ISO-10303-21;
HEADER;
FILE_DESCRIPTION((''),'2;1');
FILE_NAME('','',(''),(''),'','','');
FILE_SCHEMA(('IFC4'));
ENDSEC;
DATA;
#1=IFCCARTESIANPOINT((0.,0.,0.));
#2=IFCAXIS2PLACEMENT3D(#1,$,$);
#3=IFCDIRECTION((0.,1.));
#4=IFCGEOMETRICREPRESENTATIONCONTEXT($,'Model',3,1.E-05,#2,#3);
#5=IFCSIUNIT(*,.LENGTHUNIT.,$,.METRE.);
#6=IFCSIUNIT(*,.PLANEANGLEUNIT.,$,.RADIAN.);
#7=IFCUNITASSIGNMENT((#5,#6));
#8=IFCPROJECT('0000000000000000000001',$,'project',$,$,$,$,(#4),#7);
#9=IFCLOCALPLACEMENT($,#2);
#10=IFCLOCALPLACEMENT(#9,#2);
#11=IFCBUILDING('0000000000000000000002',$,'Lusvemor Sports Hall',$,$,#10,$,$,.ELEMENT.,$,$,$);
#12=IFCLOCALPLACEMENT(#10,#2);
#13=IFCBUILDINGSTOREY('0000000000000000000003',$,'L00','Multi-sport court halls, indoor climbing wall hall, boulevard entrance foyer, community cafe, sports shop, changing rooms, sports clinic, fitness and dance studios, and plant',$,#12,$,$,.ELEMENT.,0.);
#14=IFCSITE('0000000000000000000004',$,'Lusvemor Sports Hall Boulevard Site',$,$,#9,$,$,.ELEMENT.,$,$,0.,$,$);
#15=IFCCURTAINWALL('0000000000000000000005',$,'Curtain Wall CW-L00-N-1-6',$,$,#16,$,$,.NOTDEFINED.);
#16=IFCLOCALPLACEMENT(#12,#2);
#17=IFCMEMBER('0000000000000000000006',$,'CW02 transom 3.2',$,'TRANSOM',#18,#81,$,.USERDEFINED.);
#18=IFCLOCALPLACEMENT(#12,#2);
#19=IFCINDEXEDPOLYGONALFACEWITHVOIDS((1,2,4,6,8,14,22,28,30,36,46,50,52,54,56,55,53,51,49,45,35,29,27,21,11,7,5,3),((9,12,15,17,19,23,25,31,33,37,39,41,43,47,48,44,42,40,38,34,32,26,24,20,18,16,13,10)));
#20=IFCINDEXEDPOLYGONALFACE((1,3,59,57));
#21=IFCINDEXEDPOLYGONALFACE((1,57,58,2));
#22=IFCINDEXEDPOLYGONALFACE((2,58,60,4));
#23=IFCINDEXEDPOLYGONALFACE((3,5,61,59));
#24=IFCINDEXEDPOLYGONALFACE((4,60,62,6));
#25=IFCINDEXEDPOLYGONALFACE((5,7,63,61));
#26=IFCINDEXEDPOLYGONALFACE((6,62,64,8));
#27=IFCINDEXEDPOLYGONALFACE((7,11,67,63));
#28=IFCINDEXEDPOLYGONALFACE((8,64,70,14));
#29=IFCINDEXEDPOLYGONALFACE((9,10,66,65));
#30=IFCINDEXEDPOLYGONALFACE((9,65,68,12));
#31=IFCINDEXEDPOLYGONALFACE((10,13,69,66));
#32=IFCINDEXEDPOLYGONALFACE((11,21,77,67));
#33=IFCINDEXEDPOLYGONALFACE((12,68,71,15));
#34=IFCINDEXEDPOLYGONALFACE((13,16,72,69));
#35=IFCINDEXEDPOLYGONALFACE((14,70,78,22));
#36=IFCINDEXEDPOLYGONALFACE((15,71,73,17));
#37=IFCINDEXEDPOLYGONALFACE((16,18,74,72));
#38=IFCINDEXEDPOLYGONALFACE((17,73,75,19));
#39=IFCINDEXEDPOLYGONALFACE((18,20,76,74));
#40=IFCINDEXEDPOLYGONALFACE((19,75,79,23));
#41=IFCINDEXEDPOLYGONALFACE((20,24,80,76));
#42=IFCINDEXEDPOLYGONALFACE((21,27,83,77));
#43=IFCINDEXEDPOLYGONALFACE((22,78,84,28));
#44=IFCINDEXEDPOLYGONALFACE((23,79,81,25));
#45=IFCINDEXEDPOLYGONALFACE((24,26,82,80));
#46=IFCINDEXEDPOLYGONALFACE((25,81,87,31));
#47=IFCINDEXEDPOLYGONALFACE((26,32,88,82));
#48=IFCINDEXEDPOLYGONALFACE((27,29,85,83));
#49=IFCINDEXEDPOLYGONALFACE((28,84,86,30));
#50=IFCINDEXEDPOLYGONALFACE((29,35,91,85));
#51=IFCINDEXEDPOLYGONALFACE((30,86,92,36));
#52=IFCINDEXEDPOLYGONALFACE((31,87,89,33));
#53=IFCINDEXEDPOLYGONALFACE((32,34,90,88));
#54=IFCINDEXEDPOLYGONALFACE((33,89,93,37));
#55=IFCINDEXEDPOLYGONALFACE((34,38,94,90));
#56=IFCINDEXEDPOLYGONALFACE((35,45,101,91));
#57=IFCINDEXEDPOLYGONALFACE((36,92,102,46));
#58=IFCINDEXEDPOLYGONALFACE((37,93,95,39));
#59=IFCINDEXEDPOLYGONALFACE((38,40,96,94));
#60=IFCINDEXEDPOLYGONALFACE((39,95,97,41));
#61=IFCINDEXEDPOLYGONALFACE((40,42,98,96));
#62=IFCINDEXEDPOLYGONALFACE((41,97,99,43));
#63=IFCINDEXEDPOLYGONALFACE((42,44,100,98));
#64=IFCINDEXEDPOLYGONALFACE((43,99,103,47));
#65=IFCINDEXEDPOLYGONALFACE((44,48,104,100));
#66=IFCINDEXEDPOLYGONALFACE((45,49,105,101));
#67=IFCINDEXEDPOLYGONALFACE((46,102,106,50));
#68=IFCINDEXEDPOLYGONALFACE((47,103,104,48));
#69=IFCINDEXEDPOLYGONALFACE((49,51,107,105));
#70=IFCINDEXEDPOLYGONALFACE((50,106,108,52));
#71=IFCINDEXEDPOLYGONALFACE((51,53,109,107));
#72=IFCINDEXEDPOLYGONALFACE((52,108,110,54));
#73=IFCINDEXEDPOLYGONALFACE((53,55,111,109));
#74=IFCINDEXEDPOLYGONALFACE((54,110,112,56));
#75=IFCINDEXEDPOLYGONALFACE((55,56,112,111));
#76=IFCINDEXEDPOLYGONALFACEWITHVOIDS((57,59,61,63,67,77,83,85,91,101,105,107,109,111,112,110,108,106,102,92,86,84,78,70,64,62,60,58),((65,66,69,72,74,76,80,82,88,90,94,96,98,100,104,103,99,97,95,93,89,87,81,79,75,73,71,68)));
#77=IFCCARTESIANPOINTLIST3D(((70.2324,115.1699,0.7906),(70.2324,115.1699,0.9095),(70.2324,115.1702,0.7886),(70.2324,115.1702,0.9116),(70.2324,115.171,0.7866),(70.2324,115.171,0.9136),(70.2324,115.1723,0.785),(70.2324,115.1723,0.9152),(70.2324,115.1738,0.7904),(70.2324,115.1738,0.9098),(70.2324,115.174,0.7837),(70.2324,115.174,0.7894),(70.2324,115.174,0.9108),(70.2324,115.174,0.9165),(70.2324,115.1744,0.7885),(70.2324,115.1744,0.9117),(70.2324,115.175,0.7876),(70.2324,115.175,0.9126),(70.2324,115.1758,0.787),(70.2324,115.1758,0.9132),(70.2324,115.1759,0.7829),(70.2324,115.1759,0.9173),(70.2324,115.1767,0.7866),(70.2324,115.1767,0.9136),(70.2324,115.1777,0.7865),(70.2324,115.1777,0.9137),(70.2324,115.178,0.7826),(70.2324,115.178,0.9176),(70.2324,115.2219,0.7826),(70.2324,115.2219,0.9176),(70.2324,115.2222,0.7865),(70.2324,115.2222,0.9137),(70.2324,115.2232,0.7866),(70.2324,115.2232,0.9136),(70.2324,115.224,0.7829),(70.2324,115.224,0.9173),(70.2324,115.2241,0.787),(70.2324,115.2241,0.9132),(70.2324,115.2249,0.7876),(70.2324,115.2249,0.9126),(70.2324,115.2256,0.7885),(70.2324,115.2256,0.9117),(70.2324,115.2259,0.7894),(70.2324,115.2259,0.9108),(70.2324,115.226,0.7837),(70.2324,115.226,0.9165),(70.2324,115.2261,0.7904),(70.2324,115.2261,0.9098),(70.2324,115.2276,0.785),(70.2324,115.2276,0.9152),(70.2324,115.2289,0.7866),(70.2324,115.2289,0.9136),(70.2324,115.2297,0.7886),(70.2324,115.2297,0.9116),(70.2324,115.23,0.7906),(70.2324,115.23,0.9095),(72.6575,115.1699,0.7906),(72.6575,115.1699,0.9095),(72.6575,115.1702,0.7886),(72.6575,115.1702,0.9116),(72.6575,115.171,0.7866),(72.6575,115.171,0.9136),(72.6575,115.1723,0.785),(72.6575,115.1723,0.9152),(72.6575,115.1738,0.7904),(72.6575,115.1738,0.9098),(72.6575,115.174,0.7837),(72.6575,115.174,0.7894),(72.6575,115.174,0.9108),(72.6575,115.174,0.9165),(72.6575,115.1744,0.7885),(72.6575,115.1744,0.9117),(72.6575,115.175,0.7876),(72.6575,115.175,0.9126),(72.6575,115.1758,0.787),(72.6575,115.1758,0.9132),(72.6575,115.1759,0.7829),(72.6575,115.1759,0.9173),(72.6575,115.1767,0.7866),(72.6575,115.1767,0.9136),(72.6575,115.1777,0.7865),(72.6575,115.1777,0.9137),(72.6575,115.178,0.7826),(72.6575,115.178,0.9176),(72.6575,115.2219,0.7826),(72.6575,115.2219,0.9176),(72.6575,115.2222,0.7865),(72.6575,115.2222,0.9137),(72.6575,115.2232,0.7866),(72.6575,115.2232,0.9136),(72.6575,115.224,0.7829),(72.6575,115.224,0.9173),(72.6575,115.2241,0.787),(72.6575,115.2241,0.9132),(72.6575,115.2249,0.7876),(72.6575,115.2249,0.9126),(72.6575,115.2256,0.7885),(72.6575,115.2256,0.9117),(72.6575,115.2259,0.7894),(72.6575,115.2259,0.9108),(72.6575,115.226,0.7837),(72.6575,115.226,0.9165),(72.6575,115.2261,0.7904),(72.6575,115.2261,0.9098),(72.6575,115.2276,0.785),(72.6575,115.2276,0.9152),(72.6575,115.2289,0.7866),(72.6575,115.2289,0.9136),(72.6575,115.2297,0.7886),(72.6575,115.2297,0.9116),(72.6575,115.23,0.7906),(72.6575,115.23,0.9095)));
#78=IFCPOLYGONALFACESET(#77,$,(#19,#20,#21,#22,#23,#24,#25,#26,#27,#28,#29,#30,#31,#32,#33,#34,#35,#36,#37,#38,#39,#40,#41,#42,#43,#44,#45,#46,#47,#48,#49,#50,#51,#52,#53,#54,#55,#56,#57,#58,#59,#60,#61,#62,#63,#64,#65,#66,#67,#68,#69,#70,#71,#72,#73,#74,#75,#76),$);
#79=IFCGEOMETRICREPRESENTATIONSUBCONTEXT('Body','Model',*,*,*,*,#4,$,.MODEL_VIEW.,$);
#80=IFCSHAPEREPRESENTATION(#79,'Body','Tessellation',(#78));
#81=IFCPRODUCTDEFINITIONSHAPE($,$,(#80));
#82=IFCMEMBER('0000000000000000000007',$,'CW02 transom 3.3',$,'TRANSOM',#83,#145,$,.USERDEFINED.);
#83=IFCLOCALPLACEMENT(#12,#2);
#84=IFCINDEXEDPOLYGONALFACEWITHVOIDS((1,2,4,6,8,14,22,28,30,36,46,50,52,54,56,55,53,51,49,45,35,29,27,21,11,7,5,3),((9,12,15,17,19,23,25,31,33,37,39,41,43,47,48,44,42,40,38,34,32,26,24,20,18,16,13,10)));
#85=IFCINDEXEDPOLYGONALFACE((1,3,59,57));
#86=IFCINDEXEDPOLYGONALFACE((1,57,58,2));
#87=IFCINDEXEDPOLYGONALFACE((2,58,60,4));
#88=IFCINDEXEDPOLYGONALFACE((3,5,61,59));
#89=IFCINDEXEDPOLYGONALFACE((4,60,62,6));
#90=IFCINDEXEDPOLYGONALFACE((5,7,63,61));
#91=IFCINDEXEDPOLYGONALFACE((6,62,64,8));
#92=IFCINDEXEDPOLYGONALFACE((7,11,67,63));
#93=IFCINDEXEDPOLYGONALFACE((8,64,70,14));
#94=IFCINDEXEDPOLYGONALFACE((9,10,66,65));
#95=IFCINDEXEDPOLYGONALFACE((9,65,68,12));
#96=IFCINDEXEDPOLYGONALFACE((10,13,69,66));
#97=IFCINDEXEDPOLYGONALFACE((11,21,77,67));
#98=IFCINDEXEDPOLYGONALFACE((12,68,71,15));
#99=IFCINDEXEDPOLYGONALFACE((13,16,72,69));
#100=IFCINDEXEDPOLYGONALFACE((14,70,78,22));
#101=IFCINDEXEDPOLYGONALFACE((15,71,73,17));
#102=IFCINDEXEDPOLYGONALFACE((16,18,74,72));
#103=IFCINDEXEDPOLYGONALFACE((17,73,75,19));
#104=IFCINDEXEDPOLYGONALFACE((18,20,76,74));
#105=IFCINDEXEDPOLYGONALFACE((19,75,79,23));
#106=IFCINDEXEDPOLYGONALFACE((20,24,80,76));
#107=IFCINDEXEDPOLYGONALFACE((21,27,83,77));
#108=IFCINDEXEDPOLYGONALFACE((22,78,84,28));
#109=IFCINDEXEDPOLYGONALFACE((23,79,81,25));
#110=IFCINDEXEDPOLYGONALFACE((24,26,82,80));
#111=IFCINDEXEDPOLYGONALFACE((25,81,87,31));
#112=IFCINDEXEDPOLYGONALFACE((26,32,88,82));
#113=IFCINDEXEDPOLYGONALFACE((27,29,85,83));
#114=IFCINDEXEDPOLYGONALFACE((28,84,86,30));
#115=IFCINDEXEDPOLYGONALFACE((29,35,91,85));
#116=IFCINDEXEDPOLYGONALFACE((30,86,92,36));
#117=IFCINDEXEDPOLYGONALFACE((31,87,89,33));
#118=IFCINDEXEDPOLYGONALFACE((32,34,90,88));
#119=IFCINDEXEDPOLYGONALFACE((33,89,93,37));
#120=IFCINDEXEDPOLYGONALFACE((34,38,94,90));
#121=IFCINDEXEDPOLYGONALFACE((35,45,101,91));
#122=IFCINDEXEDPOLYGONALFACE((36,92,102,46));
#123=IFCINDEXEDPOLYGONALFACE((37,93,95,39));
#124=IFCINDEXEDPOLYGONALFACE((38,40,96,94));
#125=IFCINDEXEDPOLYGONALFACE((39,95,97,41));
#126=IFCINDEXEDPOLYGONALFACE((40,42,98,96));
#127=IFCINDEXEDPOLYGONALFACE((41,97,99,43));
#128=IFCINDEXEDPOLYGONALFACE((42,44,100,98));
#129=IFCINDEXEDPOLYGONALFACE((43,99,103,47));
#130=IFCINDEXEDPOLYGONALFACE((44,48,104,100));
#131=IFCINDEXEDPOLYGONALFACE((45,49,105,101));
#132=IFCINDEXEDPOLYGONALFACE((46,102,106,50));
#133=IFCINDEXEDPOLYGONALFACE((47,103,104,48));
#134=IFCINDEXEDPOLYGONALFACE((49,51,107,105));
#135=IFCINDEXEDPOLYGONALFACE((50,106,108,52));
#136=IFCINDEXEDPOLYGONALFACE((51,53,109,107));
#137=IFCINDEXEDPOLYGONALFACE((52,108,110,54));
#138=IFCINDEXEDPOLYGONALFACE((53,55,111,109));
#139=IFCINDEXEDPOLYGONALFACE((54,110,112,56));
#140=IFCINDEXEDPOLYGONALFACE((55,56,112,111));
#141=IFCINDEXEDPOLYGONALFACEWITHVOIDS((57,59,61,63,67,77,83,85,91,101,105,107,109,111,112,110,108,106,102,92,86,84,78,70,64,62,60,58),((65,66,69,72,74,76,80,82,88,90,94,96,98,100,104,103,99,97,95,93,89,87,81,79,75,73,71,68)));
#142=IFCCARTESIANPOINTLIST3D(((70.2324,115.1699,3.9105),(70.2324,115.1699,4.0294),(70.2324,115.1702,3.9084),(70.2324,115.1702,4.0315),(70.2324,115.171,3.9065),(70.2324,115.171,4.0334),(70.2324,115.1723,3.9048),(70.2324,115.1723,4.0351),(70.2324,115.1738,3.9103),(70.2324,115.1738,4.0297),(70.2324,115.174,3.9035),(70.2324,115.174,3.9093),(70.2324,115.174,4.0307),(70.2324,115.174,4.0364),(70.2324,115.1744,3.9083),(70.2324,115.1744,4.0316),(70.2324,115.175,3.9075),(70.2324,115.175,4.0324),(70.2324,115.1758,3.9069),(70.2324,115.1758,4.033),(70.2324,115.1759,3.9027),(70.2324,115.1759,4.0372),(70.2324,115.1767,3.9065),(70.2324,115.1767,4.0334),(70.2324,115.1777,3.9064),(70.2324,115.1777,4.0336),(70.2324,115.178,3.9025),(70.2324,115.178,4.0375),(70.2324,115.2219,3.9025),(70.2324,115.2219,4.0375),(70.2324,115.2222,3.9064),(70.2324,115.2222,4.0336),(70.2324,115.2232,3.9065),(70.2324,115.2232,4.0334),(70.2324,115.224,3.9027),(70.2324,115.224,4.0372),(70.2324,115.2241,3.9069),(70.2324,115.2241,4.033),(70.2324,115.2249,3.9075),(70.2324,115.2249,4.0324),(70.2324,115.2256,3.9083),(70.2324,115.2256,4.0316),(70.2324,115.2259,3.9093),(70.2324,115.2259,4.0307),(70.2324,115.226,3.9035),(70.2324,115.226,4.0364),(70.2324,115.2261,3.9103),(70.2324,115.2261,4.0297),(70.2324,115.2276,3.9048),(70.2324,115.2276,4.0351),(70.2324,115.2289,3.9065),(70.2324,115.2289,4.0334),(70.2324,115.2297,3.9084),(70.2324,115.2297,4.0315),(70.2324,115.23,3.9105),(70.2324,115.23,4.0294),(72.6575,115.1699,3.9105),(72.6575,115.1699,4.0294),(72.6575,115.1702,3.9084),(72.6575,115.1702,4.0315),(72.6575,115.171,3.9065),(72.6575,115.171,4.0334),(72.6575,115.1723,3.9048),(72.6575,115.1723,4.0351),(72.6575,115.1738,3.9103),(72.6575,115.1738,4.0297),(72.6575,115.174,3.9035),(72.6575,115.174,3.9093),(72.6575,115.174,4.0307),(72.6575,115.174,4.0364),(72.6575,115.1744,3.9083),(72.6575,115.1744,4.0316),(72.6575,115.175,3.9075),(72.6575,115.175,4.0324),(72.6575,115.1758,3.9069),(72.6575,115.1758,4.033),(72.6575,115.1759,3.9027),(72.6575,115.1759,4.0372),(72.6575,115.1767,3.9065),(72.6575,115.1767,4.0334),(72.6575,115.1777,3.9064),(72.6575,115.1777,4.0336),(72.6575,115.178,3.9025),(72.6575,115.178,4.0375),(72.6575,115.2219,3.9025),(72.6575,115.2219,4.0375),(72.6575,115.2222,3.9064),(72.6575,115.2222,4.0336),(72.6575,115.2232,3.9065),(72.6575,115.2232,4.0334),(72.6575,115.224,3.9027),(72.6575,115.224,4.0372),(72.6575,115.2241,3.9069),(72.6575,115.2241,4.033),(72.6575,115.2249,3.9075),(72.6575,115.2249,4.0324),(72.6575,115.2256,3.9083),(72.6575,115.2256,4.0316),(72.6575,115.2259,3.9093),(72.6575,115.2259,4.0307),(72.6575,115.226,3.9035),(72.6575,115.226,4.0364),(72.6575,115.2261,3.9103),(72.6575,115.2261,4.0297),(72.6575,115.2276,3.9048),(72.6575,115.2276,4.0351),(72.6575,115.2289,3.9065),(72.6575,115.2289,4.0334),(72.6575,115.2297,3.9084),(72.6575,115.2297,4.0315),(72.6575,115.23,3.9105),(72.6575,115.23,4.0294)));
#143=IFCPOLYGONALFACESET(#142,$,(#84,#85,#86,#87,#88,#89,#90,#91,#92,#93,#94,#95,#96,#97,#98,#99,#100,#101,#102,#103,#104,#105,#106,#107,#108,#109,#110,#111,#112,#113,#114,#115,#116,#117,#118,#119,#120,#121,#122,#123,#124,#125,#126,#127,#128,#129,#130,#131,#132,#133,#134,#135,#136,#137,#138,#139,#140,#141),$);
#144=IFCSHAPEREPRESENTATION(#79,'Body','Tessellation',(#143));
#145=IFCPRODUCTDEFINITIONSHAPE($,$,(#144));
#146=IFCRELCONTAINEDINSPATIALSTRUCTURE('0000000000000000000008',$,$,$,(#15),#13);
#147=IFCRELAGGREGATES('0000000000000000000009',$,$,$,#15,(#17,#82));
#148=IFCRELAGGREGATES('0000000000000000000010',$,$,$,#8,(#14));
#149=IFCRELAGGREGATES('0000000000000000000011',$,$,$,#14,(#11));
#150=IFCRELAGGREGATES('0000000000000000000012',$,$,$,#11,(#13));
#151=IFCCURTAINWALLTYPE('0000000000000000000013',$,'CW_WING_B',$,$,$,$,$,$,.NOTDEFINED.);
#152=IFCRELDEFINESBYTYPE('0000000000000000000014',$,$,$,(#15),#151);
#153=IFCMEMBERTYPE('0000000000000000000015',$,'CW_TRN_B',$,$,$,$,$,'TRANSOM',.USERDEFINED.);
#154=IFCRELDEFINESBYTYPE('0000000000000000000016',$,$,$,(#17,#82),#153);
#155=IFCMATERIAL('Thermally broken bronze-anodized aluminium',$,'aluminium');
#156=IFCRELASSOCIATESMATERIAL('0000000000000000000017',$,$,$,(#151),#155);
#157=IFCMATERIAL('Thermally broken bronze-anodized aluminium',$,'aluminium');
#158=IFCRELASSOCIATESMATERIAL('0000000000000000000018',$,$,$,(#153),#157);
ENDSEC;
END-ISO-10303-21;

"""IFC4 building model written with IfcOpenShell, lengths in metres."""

from ifc_helpers import new_model, si_unit, direction, frame, origin, origin_2d, place, context, subcontext, project, spatial, hollow_rectangle, extrude, material, material_profile, profile_set, type_object, element, aggregate, save


model = new_model("IFC4")

# Units and contexts
model_context = context("Model", 3, precision=1e-05, world=origin(), true_north=direction((0.0, 1.0)))
body_context = subcontext(model_context, "Body", "Model", "MODEL_VIEW")
ifc_project = project(units=[si_unit("LENGTHUNIT", "METRE"), si_unit("PLANEANGLEUNIT", "RADIAN")], contexts=[model_context])

# Site, building, storey
site_placement = place(None, origin())
site = spatial("IfcSite", under=ifc_project, at=site_placement, Name="Lusvemor Sports Hall Boulevard Site", CompositionType="ELEMENT", RefElevation=0.0)
building_placement = place(site_placement, origin())
building = spatial("IfcBuilding", under=site, at=building_placement, Name="Lusvemor Sports Hall", CompositionType="ELEMENT")
storey_placement = place(building_placement, origin())
storey = spatial("IfcBuildingStorey", under=building, at=storey_placement, Name="L00", Description="Multi-sport court halls, indoor climbing wall hall, boulevard entrance foyer, community cafe, sports shop, changing rooms, sports clinic, fitness and dance studios, and plant", CompositionType="ELEMENT", Elevation=0.0)

# Curtain wall, members
ifc_material_1 = material(Name="Thermally broken bronze-anodized aluminium", Category="aluminium")
curtain_wall_type = type_object("IfcCurtainWallType", Name="CW_WING_B", PredefinedType="NOTDEFINED", material=ifc_material_1)
curtain_wall_placement = place(storey_placement, origin())
curtain_wall = element("IfcCurtainWall", 1, at=curtain_wall_placement, inside=storey, type_object=curtain_wall_type, Name="Curtain Wall CW-L00-N-1-6", PredefinedType="NOTDEFINED")
ifc_material_2 = material(Name="Thermally broken bronze-anodized aluminium", Category="aluminium")
ifc_material_profile_1 = material_profile(ifc_material_2, hollow_rectangle(XDim=0.0601, YDim=0.135, WallThickness=0.0039, InnerFilletRadius=0.0039, OuterFilletRadius=0.0081, at=origin_2d()), Name="CWTRN135x60x4")
ifc_profile_set_1 = profile_set([ifc_material_profile_1], Name="Thermally broken bronze-anodized aluminium")
member_type_1 = type_object("IfcMemberType", Name="CW_TRN_B", ElementType="TRANSOM", PredefinedType="USERDEFINED", material=ifc_profile_set_1)
member_1_placement = place(storey_placement, frame((70.2324, 115.2, 0.8501), z_axis=(1.0, 0.0, 0.0), x_axis=(0.0, 1.0, 0.0)))
member_1 = element("IfcMember", 2, at=member_1_placement, type_object=member_type_1, Name="CW02 transom 3.2", ObjectType="TRANSOM", PredefinedType="USERDEFINED", context=body_context, shape_type="SweptSolid", body=[
    extrude(hollow_rectangle(XDim=0.0601, YDim=0.135, WallThickness=0.0039, InnerFilletRadius=0.0039, OuterFilletRadius=0.0081, at=origin_2d()), origin(), (0.0, 0.0, 1.0), 2.425),
])
member_2_placement = place(storey_placement, frame((70.2324, 115.2, 3.97), z_axis=(1.0, 0.0, 0.0), x_axis=(0.0, 1.0, 0.0)))
member_2 = element("IfcMember", 3, at=member_2_placement, type_object=member_type_1, Name="CW02 transom 3.3", ObjectType="TRANSOM", PredefinedType="USERDEFINED", context=body_context, shape_type="SweptSolid", body=[
    extrude(hollow_rectangle(XDim=0.0601, YDim=0.135, WallThickness=0.0039, InnerFilletRadius=0.0039, OuterFilletRadius=0.0081, at=origin_2d()), origin(), (0.0, 0.0, 1.0), 2.425),
])
aggregate(curtain_wall, [member_1, member_2])

save(model, "model.ifc")
